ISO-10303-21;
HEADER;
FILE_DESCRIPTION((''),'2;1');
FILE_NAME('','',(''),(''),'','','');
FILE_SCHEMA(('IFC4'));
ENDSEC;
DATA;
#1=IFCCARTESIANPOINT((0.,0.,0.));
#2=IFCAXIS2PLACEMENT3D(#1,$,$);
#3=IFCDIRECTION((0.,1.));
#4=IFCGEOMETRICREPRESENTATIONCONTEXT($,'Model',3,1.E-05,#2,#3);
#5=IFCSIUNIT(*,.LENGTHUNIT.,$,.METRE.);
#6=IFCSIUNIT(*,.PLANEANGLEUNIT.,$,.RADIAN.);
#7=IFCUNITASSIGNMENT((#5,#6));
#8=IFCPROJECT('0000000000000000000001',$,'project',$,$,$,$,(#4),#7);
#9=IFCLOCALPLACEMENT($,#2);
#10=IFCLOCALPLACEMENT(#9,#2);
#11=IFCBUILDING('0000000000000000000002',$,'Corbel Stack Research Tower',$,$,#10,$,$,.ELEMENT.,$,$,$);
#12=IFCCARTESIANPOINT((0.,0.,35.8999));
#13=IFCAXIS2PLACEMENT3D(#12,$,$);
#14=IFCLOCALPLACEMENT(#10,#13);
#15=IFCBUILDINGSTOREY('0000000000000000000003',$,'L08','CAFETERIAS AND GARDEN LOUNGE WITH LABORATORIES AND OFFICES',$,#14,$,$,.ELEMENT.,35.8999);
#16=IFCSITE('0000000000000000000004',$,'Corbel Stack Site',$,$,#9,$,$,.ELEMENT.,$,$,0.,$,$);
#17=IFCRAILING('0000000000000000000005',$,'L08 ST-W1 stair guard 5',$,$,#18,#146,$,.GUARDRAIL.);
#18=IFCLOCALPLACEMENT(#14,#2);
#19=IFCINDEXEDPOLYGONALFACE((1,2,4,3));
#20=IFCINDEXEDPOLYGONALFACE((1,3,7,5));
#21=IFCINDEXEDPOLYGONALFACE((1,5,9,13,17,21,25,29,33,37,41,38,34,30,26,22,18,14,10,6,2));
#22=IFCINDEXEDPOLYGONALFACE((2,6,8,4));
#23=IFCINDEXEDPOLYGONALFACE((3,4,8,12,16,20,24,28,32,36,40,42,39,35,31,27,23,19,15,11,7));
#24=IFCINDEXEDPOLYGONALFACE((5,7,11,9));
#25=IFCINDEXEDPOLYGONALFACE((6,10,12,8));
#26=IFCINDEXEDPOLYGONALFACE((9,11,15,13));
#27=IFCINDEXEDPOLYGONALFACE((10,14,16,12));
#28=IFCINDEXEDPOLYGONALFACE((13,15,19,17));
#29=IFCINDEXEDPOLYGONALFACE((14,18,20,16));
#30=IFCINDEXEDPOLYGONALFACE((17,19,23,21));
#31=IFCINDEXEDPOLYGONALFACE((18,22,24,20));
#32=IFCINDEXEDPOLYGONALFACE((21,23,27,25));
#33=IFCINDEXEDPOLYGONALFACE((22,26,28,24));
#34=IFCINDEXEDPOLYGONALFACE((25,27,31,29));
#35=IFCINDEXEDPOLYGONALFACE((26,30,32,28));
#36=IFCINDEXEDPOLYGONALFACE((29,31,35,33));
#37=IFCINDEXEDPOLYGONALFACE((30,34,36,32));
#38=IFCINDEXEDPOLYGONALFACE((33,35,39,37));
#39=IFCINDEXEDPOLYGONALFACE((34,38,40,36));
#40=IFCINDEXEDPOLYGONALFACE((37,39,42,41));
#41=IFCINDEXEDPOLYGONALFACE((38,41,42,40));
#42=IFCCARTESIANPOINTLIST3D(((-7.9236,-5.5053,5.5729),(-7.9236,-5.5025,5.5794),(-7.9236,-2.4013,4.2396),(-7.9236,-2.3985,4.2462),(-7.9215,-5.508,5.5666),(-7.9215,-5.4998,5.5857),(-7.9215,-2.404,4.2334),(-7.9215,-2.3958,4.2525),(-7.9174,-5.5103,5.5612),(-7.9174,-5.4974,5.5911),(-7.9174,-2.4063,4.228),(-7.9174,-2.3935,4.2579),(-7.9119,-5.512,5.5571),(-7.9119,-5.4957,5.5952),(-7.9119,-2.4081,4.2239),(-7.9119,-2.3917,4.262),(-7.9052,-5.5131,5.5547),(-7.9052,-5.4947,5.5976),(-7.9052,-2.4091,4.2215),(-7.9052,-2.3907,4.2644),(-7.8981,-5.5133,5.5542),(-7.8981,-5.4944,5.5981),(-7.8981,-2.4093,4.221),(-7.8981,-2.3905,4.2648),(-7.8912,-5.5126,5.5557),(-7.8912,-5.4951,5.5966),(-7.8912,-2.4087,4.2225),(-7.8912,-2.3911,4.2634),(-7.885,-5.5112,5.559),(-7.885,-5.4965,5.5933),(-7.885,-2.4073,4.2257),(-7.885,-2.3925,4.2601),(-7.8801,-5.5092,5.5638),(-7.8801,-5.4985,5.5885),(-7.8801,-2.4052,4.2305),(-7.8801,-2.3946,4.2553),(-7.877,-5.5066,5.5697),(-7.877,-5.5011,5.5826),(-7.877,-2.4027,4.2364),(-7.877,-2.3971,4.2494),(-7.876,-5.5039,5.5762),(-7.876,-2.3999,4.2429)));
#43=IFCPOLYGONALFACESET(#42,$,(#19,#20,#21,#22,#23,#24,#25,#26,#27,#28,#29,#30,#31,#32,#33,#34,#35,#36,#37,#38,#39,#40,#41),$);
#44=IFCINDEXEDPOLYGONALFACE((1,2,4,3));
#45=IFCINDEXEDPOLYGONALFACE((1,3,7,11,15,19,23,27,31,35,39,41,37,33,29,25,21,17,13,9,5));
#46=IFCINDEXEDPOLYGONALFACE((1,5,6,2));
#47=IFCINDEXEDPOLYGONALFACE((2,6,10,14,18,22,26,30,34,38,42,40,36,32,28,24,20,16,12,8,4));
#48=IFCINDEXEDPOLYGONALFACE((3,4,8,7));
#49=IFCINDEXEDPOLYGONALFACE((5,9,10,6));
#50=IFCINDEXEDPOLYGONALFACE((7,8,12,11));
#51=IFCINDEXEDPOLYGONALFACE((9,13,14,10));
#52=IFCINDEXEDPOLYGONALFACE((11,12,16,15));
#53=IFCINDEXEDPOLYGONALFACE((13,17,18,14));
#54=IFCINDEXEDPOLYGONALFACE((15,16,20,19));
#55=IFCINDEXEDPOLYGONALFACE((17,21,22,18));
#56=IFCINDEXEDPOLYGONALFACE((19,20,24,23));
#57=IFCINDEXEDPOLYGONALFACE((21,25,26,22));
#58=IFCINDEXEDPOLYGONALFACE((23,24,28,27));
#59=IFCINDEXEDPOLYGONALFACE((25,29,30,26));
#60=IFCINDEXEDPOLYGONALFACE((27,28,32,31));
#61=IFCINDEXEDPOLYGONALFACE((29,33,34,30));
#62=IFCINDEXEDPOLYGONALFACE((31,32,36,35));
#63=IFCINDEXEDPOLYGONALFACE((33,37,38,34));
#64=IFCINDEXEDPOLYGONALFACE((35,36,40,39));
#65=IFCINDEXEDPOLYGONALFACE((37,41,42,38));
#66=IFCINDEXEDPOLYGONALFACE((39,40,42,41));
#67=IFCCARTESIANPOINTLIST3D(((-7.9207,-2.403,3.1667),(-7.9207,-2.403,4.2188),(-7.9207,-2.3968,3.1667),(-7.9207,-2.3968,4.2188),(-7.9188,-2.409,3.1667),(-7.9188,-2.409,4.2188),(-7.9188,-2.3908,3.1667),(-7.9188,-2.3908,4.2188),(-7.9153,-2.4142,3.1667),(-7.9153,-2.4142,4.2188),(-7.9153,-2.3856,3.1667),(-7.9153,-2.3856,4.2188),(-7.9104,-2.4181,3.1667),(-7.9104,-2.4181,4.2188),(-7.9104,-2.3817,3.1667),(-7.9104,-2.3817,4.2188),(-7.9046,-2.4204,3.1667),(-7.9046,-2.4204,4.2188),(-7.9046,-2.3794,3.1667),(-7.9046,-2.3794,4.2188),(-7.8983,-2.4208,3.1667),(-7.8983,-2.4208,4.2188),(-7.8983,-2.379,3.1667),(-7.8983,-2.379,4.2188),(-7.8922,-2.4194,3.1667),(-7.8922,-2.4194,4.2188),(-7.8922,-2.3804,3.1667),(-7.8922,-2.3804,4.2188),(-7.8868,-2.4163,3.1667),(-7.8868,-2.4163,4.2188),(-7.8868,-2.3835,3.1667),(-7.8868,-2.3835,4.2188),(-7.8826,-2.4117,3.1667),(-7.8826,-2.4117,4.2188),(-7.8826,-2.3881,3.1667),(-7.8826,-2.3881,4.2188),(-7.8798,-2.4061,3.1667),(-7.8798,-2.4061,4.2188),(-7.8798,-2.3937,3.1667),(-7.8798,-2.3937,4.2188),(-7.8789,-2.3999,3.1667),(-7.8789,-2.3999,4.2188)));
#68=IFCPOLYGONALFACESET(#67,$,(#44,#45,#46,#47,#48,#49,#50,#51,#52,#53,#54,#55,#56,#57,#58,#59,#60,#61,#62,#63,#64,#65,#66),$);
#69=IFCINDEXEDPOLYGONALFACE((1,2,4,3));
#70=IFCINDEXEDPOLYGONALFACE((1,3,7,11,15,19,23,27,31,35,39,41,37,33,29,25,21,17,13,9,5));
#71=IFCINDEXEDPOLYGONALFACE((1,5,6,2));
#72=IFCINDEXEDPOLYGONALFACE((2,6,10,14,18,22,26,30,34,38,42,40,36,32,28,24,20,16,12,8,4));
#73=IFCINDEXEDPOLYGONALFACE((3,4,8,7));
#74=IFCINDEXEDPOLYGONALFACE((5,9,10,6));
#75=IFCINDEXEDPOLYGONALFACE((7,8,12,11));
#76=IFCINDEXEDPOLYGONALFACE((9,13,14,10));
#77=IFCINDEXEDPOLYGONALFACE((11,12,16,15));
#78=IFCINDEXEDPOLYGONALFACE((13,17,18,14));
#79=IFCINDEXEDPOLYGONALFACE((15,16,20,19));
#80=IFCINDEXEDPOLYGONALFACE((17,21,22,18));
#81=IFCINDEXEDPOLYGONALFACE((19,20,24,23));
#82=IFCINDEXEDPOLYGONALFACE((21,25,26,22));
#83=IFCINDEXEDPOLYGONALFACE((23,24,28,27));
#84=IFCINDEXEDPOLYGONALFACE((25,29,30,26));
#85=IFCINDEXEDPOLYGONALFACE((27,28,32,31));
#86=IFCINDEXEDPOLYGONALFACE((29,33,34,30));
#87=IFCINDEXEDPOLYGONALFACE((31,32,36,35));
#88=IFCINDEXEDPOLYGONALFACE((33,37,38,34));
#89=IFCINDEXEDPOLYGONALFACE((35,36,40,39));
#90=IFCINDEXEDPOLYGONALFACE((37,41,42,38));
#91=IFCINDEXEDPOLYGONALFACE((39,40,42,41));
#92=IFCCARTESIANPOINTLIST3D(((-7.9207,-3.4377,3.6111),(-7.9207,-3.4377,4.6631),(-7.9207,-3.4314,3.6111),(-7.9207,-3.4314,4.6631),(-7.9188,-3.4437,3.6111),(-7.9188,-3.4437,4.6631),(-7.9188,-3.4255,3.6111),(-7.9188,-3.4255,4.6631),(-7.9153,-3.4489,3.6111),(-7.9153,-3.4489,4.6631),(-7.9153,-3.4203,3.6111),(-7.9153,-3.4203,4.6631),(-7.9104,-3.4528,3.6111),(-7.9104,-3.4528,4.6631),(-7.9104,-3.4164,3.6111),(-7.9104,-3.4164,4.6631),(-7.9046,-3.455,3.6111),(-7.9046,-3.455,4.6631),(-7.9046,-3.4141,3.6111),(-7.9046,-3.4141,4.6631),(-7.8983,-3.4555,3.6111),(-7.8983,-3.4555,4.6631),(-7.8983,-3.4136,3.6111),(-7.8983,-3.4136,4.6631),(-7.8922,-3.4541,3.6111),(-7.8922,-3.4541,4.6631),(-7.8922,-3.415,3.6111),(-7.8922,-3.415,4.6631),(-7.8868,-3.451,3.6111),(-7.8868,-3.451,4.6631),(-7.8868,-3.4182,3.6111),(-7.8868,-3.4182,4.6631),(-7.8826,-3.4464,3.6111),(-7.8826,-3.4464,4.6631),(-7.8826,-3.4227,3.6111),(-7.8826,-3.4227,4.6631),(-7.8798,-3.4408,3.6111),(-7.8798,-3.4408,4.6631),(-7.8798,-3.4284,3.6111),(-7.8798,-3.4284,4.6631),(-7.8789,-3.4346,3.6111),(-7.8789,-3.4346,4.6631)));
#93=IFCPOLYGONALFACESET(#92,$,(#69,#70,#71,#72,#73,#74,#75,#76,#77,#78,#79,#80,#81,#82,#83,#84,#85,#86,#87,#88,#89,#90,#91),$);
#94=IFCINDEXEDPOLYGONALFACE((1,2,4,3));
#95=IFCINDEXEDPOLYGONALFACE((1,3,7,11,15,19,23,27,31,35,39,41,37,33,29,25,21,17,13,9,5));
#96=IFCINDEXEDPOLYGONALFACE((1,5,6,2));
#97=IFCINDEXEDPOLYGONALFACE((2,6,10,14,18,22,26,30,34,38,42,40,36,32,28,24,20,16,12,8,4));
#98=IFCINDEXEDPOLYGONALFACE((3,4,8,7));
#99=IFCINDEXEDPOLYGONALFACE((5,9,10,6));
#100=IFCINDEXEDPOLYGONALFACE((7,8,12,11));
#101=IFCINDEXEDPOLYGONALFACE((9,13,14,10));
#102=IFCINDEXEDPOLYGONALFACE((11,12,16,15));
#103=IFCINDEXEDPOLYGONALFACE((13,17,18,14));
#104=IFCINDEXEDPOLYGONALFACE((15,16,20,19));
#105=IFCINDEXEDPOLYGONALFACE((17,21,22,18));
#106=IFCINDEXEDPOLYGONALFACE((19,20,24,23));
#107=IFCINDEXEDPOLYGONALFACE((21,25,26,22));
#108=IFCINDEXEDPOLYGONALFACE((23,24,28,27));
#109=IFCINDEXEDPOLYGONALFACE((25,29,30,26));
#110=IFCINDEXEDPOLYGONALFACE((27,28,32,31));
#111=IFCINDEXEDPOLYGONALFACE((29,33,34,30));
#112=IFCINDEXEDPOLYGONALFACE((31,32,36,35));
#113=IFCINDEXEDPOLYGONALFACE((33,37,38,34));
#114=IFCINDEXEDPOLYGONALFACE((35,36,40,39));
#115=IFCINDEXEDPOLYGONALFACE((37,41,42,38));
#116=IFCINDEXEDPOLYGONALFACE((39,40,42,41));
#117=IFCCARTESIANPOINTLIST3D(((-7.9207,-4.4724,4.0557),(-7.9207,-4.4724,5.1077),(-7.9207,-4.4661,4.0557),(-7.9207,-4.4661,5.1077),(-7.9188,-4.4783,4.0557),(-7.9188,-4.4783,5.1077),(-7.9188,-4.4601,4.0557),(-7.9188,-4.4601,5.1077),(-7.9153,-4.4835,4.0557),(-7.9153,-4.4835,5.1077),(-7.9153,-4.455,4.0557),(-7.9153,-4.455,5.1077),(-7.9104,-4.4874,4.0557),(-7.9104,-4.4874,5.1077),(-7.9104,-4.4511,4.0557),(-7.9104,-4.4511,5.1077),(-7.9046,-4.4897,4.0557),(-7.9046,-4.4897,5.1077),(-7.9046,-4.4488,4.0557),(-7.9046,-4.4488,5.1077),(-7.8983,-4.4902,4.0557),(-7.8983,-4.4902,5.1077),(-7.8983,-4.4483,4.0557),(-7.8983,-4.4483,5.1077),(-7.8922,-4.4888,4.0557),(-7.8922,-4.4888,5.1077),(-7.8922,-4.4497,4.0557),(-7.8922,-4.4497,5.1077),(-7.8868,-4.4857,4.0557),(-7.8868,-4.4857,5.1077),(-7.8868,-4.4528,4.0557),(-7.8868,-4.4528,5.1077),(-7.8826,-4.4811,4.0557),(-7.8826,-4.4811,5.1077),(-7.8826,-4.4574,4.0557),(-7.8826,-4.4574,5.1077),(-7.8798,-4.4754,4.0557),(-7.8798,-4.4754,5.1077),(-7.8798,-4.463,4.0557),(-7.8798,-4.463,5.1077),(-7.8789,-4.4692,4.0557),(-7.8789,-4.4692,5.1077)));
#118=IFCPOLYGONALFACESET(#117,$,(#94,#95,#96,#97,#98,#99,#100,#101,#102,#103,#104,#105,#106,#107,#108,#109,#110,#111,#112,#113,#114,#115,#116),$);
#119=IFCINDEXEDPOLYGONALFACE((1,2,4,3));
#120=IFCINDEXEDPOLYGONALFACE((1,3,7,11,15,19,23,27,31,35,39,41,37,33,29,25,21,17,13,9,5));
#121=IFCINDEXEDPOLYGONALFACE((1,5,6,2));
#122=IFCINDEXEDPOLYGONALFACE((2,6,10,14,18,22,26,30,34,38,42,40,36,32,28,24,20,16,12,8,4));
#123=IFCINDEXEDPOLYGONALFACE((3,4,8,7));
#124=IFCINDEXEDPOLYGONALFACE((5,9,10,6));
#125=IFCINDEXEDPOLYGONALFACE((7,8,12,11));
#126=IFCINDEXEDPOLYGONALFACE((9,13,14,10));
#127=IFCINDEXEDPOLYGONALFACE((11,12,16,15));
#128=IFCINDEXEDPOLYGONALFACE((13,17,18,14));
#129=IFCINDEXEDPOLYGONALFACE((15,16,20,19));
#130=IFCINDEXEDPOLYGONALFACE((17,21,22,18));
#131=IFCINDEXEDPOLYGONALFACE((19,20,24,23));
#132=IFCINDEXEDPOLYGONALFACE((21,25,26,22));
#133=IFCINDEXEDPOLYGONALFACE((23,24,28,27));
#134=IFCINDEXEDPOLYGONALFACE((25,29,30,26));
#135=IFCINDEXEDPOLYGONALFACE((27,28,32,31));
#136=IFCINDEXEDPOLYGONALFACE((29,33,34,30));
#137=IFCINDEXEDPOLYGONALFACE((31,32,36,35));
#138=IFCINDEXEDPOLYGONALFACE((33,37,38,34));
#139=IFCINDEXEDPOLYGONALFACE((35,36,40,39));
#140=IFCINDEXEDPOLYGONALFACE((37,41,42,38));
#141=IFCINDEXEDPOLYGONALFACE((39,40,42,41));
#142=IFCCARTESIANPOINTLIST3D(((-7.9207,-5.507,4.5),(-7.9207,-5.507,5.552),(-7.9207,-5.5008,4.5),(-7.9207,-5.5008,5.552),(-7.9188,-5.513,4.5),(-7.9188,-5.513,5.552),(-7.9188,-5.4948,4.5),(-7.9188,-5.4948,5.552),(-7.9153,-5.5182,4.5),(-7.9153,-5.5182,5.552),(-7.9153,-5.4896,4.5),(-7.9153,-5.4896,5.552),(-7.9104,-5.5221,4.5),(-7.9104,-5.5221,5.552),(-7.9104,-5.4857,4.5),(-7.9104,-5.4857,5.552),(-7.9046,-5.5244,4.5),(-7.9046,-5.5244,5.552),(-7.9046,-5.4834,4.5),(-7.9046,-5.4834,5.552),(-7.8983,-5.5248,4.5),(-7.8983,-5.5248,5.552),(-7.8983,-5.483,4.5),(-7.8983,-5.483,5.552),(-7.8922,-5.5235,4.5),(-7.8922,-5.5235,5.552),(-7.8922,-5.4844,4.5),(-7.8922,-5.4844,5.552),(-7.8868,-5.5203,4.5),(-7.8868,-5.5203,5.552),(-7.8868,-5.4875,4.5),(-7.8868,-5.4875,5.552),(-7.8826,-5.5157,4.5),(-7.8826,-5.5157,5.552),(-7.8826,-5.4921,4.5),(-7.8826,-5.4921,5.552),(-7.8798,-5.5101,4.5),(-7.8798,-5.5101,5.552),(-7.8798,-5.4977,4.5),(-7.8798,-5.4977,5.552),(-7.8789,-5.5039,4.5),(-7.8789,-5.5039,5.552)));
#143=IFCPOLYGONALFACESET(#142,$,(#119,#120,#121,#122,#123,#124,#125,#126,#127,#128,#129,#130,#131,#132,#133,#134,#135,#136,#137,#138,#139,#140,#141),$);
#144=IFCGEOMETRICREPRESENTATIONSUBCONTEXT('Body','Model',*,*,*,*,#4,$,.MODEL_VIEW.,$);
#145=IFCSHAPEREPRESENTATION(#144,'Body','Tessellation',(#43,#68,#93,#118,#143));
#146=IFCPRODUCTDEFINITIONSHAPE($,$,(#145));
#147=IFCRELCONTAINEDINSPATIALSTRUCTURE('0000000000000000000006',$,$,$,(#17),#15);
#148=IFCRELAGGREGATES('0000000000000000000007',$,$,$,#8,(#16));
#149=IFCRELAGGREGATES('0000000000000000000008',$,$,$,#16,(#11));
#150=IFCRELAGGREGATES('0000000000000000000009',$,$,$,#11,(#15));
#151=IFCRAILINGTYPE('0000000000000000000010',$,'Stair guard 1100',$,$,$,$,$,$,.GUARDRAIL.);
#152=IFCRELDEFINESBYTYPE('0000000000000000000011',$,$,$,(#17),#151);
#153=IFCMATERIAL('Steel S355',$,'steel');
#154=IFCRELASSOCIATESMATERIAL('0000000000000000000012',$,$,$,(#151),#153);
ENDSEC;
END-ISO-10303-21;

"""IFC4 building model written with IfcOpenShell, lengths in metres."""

from ifc_helpers import new_model, si_unit, direction, frame, origin, origin_2d, place, context, subcontext, project, spatial, circle, extrude, material, type_object, element, save


model = new_model("IFC4")

# Units and contexts
model_context = context("Model", 3, precision=1e-05, world=origin(), true_north=direction((0.0, 1.0)))
body_context = subcontext(model_context, "Body", "Model", "MODEL_VIEW")
ifc_project = project(units=[si_unit("LENGTHUNIT", "METRE"), si_unit("PLANEANGLEUNIT", "RADIAN")], contexts=[model_context])

# Site, building, storey
site_placement = place(None, origin())
site = spatial("IfcSite", under=ifc_project, at=site_placement, Name="Corbel Stack Site", CompositionType="ELEMENT", RefElevation=0.0)
building_placement = place(site_placement, origin())
building = spatial("IfcBuilding", under=site, at=building_placement, Name="Corbel Stack Research Tower", CompositionType="ELEMENT")
storey_placement = place(building_placement, frame((0.0, 0.0, 35.8999)))
storey = spatial("IfcBuildingStorey", under=building, at=storey_placement, Name="L08", Description="CAFETERIAS AND GARDEN LOUNGE WITH LABORATORIES AND OFFICES", CompositionType="ELEMENT", Elevation=35.8999)

# Railing
ifc_material_1 = material(Name="Steel S355", Category="steel")
railing_type_1 = type_object("IfcRailingType", Name="Stair guard 1100", PredefinedType="GUARDRAIL", material=ifc_material_1)
railing_1_placement = place(storey_placement, frame((-7.8999, -2.3999, 3.1667)))
element("IfcRailing", 1, at=railing_1_placement, inside=storey, type_object=railing_type_1, Name="L08 ST-W1 stair guard 5", PredefinedType="GUARDRAIL", context=body_context, shape_type="SweptSolid", body=[
    extrude(circle(Radius=0.0239, at=origin_2d()), frame((0.0, 0.0, 1.0762), z_axis=(0.0, -0.918827, 0.394661), x_axis=(1.0, 0.0, 0.0)), (0.0, 0.0, 1.0), 3.3782),
    extrude(circle(Radius=0.021, at=origin_2d()), origin(), (0.0, 0.0, 1.0), 1.052),
    extrude(circle(Radius=0.021, at=origin_2d()), frame((0.0, -1.0347, 0.4443)), (0.0, 0.0, 1.0), 1.052),
    extrude(circle(Radius=0.021, at=origin_2d()), frame((0.0, -2.0693, 0.8889)), (0.0, 0.0, 1.0), 1.052),
    extrude(circle(Radius=0.021, at=origin_2d()), frame((0.0, -3.104, 1.3333)), (0.0, 0.0, 1.0), 1.052),
])

save(model, "model.ifc")
